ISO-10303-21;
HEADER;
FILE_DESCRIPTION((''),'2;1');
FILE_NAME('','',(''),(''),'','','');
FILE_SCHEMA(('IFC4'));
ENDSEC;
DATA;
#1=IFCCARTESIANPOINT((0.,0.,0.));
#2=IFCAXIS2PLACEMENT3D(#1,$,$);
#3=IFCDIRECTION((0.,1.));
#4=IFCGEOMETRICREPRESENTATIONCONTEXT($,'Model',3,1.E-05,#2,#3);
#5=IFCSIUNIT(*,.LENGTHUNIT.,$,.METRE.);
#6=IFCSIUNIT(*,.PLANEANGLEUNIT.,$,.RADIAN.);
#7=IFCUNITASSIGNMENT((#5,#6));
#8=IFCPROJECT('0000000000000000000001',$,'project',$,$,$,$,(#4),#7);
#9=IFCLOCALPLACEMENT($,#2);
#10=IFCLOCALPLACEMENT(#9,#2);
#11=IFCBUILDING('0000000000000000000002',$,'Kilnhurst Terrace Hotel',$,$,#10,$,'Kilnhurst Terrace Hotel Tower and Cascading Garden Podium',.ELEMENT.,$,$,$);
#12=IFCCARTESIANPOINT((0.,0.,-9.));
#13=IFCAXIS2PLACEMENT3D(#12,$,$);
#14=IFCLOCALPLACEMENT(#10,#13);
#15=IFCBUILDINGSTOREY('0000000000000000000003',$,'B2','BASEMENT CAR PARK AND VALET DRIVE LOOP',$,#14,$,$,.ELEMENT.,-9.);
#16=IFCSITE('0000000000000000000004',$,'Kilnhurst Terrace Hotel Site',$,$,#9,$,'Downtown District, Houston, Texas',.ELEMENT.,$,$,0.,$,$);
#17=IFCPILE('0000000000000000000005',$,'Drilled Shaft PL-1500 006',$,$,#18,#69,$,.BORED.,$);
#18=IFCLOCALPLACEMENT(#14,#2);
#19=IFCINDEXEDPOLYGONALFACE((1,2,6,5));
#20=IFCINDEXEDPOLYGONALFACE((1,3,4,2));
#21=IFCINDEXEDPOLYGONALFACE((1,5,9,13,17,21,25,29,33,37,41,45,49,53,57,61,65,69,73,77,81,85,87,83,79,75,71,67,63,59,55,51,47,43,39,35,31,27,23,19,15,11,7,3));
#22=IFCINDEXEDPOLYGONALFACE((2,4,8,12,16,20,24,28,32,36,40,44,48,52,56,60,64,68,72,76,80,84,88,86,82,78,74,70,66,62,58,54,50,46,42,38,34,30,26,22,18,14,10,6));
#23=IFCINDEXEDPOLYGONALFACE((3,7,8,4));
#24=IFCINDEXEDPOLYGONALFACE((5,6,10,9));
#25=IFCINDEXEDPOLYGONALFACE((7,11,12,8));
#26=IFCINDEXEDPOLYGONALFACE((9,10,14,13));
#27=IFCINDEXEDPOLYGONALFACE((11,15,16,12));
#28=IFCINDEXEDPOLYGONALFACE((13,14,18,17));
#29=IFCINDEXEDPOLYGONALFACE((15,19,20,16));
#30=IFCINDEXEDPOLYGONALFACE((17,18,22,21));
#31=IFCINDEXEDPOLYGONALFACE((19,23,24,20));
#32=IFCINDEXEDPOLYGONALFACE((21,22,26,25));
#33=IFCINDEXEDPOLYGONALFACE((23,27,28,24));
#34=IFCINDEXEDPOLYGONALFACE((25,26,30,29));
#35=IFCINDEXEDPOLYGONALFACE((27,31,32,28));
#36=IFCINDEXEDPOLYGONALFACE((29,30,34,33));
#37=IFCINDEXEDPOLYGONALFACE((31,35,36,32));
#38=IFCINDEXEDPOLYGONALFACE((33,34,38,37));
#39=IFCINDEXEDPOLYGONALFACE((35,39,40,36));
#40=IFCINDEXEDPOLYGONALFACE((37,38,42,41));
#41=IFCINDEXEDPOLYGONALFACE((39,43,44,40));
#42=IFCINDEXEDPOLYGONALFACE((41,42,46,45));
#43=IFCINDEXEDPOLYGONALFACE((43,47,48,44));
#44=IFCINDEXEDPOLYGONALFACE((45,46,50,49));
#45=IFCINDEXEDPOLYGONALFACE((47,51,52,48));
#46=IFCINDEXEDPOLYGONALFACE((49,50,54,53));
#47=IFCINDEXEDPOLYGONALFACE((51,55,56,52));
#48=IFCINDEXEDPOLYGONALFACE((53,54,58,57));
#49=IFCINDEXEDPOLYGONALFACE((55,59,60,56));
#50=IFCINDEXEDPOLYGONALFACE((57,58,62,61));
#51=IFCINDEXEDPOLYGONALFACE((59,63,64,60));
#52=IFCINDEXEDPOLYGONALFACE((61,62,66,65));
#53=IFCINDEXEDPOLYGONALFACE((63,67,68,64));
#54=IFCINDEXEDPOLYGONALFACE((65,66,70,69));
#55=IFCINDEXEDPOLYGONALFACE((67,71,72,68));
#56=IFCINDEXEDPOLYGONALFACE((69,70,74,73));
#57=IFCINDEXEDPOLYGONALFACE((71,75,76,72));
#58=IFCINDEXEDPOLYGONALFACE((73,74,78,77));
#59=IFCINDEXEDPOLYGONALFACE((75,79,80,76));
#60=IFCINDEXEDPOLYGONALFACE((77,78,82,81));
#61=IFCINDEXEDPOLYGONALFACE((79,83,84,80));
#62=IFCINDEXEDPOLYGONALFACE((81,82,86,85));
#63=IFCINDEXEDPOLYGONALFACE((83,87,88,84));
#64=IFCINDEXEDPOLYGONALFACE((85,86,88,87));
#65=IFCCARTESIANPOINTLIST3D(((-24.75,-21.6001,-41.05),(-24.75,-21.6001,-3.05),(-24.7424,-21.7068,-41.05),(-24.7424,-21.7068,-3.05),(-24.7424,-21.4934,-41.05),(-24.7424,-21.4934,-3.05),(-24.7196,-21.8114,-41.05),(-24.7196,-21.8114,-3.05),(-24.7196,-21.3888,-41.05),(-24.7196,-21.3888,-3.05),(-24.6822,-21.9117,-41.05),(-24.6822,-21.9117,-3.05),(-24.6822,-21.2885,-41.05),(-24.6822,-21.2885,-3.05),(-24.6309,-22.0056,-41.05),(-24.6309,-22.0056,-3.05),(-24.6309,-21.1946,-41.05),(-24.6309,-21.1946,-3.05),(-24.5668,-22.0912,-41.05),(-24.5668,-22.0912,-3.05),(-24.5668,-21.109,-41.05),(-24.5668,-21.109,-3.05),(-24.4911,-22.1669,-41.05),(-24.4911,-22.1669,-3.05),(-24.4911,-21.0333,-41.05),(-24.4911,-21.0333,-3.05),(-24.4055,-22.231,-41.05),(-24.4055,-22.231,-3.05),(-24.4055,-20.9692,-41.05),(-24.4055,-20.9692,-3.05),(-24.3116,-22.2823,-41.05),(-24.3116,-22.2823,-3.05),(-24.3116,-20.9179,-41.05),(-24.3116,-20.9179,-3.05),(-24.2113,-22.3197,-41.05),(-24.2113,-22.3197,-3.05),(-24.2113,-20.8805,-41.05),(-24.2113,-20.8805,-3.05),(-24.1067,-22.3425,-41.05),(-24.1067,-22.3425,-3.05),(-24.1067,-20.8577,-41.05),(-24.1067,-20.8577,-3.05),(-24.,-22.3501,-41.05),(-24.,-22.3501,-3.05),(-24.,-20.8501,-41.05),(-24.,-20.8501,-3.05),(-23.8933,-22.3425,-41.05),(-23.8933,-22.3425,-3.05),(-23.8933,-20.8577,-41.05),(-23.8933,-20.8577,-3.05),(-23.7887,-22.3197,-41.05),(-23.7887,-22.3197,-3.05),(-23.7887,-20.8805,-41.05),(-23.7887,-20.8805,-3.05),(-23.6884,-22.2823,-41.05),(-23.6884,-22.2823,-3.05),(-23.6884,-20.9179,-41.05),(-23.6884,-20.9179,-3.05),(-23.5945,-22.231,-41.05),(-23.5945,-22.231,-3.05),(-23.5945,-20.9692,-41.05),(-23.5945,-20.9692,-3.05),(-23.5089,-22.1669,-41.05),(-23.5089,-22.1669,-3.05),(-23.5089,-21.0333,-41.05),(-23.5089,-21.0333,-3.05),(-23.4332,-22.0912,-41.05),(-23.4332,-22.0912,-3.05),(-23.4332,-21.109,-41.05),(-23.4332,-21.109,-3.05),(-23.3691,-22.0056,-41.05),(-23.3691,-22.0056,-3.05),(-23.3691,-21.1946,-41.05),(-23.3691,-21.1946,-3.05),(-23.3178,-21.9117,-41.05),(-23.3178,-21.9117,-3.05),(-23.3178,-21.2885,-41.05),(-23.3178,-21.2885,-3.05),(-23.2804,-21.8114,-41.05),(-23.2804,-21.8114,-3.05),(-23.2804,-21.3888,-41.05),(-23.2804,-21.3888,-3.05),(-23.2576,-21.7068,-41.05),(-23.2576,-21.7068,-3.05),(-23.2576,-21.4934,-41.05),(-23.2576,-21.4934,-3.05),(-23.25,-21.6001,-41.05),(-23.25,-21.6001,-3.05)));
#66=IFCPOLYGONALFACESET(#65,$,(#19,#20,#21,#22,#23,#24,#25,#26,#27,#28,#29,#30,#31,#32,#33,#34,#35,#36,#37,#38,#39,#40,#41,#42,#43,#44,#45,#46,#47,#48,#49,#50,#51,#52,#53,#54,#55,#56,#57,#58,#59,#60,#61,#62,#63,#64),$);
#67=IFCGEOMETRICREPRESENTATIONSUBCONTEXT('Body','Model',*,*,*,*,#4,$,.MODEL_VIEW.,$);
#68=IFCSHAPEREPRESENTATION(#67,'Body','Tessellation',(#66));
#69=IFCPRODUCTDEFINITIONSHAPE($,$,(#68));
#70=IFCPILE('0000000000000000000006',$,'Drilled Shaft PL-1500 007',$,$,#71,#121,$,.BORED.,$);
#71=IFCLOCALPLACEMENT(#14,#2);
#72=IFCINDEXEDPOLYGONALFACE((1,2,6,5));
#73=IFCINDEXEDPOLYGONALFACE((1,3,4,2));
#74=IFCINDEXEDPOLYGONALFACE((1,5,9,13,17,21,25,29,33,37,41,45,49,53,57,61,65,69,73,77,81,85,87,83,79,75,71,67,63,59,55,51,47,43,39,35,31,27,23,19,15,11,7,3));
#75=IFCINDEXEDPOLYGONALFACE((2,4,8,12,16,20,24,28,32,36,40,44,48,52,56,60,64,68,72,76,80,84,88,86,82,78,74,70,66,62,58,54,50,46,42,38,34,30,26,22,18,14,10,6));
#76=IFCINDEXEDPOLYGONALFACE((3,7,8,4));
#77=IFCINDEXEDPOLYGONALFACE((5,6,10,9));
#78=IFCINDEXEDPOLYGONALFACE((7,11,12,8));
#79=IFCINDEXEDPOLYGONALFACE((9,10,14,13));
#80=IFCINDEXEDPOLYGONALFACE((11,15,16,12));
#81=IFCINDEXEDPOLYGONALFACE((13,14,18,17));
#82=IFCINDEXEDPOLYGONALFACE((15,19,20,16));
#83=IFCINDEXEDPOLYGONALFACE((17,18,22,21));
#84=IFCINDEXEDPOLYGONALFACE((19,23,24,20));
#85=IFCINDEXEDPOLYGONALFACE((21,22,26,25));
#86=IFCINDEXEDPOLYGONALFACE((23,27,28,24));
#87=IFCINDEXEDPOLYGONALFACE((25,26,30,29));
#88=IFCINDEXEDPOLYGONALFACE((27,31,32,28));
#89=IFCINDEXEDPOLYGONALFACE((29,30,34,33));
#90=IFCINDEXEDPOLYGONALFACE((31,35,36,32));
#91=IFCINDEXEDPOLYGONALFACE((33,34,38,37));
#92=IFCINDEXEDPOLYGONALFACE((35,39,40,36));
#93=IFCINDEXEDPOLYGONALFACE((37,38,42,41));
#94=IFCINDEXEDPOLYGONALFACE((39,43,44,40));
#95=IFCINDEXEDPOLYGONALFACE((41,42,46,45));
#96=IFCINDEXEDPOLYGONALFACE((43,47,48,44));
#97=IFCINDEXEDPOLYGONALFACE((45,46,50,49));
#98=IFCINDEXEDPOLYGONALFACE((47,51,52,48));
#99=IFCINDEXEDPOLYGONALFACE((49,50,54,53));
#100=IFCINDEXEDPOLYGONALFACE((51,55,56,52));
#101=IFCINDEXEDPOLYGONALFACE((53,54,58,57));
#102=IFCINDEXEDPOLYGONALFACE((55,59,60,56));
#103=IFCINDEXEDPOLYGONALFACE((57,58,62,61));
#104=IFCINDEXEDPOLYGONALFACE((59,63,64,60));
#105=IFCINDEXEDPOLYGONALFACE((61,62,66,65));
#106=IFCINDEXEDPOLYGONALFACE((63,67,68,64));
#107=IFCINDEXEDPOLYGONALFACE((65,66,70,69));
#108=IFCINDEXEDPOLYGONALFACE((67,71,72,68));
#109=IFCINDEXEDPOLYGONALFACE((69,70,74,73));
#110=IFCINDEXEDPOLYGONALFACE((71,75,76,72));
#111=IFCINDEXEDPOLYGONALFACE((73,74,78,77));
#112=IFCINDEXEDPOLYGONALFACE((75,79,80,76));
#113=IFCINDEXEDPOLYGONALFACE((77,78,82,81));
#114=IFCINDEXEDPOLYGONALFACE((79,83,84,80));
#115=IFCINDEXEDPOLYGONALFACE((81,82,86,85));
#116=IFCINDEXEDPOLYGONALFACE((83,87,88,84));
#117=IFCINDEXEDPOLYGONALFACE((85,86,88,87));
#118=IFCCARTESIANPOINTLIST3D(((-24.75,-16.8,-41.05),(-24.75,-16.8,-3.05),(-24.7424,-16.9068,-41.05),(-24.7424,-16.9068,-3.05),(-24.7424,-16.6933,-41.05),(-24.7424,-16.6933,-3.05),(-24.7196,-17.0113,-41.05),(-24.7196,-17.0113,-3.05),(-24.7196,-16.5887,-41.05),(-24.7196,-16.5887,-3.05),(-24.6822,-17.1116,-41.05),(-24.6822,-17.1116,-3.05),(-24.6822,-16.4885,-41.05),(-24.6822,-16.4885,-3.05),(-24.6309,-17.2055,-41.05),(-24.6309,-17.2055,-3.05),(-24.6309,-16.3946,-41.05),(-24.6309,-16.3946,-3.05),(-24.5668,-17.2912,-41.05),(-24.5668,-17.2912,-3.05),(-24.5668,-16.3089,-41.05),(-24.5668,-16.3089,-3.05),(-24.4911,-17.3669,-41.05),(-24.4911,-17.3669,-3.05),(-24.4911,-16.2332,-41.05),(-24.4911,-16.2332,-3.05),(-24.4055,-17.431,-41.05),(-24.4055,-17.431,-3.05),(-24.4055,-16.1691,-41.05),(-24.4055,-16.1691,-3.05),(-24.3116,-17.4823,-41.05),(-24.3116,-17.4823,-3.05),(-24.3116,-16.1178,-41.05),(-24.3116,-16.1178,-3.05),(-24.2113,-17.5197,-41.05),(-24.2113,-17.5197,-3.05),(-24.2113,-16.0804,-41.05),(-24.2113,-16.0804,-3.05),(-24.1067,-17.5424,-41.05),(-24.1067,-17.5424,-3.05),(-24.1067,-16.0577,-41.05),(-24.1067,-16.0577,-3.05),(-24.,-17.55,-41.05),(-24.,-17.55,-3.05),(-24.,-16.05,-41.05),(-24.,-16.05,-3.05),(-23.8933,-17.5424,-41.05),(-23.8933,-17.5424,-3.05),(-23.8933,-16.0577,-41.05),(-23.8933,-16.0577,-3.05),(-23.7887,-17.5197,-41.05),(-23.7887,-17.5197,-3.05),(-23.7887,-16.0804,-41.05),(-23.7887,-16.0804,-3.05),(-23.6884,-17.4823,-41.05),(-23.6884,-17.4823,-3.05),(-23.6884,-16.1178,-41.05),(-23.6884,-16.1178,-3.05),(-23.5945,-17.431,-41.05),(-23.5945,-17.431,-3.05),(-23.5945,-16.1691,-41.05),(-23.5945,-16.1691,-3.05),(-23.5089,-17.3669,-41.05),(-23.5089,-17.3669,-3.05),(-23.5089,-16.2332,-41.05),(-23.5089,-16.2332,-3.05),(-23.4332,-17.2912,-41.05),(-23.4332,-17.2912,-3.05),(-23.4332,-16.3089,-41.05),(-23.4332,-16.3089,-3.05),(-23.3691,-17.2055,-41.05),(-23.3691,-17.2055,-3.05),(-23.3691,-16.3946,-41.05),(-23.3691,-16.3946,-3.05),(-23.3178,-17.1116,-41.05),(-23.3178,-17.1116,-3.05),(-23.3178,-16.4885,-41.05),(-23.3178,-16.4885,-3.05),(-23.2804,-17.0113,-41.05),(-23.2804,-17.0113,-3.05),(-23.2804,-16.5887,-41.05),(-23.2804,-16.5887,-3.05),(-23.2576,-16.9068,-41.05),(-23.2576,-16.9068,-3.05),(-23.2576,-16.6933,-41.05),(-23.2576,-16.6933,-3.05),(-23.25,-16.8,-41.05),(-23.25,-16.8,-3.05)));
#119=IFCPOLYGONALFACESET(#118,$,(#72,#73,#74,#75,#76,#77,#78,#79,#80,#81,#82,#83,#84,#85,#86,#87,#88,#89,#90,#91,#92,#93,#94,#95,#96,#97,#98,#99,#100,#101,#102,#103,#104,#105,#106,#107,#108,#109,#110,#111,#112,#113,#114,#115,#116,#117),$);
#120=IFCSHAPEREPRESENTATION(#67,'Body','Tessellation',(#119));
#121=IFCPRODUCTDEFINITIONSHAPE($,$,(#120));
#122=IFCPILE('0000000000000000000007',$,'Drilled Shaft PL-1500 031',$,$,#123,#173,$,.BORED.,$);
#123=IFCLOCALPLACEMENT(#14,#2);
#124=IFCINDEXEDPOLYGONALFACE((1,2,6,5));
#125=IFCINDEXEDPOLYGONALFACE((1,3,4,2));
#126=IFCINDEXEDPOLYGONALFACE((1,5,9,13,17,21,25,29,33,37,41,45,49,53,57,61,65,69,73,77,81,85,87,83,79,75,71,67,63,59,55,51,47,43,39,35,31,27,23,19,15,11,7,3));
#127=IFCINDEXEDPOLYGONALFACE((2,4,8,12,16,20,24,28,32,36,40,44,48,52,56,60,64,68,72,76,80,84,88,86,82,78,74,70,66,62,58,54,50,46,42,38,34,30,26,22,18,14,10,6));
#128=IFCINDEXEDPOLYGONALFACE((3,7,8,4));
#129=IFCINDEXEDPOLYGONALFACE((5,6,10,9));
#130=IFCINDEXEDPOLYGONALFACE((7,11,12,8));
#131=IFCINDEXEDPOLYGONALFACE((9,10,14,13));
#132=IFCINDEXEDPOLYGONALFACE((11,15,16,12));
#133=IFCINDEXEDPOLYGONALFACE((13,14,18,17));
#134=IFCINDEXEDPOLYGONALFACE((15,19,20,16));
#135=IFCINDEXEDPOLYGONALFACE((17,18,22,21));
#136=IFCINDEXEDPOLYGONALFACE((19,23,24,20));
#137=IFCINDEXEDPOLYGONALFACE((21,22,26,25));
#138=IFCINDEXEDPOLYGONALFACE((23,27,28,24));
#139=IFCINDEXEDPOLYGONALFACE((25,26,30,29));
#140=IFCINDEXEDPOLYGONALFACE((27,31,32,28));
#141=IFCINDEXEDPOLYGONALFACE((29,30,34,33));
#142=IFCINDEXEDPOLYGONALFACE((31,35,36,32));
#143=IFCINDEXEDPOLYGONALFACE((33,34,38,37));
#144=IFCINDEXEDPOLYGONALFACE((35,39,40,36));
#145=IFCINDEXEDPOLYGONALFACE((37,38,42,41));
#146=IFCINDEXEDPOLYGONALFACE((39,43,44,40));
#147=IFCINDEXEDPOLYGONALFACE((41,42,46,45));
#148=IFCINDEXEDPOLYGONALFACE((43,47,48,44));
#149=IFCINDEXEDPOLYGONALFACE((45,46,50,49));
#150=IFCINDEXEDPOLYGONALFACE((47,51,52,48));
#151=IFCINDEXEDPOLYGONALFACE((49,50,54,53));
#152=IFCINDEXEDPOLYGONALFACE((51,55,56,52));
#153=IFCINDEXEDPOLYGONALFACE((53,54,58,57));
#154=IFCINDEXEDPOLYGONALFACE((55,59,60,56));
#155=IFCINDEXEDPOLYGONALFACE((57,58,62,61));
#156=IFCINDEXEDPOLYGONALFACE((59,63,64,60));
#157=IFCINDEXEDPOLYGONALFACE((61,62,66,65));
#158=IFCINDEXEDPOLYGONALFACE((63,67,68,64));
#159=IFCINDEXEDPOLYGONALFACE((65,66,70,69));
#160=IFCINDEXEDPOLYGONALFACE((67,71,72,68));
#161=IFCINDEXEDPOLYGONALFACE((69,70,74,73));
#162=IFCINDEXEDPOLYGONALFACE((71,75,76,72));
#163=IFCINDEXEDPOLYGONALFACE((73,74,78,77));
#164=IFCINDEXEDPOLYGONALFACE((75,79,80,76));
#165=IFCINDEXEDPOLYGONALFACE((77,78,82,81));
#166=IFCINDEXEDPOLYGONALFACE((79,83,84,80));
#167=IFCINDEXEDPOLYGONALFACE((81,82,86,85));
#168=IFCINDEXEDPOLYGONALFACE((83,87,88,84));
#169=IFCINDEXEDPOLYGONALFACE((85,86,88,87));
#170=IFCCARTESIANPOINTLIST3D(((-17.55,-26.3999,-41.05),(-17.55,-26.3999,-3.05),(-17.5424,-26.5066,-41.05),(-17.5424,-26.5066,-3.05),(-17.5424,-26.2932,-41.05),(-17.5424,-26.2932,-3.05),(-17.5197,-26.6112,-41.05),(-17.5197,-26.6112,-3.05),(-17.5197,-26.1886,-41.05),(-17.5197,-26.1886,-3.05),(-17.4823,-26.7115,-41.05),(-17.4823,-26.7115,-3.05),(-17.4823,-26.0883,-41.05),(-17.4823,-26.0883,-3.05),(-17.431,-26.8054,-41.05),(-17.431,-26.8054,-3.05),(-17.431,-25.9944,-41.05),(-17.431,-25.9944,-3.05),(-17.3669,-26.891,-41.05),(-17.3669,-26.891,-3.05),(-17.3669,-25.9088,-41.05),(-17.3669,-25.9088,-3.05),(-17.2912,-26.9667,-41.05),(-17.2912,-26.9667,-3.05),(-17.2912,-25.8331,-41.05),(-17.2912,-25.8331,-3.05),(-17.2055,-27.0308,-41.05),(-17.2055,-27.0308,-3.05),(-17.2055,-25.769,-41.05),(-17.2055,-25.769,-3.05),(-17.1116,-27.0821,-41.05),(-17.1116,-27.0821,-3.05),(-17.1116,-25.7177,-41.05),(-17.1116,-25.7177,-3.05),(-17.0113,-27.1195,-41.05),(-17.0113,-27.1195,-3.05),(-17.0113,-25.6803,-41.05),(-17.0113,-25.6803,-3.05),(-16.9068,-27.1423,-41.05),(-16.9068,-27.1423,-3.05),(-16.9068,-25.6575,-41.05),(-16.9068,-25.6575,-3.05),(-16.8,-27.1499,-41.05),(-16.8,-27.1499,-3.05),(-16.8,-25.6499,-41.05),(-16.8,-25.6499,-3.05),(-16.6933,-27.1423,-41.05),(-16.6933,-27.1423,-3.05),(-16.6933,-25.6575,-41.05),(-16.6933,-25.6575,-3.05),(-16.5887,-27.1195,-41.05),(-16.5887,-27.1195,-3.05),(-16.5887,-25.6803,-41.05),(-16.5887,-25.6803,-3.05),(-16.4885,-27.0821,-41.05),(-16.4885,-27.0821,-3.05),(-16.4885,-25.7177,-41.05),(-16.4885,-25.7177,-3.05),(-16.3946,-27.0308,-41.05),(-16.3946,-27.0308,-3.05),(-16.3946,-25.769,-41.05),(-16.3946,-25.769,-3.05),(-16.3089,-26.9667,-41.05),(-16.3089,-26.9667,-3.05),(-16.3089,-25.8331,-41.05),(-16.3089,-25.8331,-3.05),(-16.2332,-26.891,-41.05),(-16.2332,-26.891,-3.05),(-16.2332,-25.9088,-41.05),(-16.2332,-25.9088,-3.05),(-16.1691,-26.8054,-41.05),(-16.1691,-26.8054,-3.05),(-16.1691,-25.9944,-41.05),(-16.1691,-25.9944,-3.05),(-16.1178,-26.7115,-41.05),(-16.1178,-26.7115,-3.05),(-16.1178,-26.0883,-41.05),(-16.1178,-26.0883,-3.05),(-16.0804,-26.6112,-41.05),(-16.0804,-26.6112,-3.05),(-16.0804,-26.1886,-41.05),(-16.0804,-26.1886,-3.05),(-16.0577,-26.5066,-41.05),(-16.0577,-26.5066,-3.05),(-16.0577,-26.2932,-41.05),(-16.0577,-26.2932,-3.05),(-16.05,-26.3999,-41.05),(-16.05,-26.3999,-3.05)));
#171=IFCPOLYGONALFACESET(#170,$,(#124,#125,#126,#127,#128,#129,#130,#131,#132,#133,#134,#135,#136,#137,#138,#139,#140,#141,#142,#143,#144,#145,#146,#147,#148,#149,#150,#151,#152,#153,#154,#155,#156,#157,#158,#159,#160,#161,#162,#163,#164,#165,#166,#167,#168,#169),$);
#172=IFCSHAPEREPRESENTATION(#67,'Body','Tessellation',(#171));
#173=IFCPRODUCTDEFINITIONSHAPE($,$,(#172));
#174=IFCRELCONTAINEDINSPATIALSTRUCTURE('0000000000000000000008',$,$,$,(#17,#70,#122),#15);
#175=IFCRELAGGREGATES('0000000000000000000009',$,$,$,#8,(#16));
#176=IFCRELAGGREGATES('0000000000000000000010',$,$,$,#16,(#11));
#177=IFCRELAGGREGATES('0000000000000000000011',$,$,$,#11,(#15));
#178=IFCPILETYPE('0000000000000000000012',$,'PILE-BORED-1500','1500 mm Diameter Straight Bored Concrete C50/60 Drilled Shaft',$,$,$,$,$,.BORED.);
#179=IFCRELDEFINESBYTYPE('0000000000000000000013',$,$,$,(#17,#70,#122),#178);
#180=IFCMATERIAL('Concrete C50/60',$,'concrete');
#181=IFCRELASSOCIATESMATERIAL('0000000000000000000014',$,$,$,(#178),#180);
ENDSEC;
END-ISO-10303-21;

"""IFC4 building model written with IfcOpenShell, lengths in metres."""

from ifc_helpers import new_model, si_unit, direction, frame, origin, origin_2d, place, context, subcontext, project, spatial, circle, extrude, material, material_profile, profile_set, type_object, element, save


model = new_model("IFC4")

# Units and contexts
model_context = context("Model", 3, precision=1e-05, world=origin(), true_north=direction((0.0, 1.0)))
body_context = subcontext(model_context, "Body", "Model", "MODEL_VIEW")
ifc_project = project(units=[si_unit("LENGTHUNIT", "METRE"), si_unit("PLANEANGLEUNIT", "RADIAN")], contexts=[model_context])

# Site, building, storey
site_placement = place(None, origin())
site = spatial("IfcSite", under=ifc_project, at=site_placement, Name="Kilnhurst Terrace Hotel Site", LongName="Downtown District, Houston, Texas", CompositionType="ELEMENT", RefElevation=0.0)
building_placement = place(site_placement, origin())
building = spatial("IfcBuilding", under=site, at=building_placement, Name="Kilnhurst Terrace Hotel", LongName="Kilnhurst Terrace Hotel Tower and Cascading Garden Podium", CompositionType="ELEMENT")
storey_placement = place(building_placement, frame((0.0, 0.0, -9.0)))
storey = spatial("IfcBuildingStorey", under=building, at=storey_placement, Name="B2", Description="BASEMENT CAR PARK AND VALET DRIVE LOOP", CompositionType="ELEMENT", Elevation=-9.0)

# Piles
ifc_material_1 = material(Name="Concrete C50/60", Category="concrete")
ifc_material_profile_1 = material_profile(ifc_material_1, circle(Radius=0.75, at=origin_2d()), Name="PILE1500")
ifc_profile_set_1 = profile_set([ifc_material_profile_1], Name="Concrete C50/60")
pile_type_1 = type_object("IfcPileType", Name="PILE-BORED-1500", Description="1500 mm Diameter Straight Bored Concrete C50/60 Drilled Shaft", PredefinedType="BORED", material=ifc_profile_set_1)
for number, where, z_axis, x_axis, name in (
    (1, (-24.0, -21.6001, -3.05), (0.0, 0.0, -1.0), (1.0, 0.0, 0.0), "Drilled Shaft PL-1500 006"),
    (2, (-24.0, -16.8, -3.05), (0.0, 0.0, -1.0), (1.0, 0.0, 0.0), "Drilled Shaft PL-1500 007"),
    (3, (-16.8, -26.3999, -3.05), (0.0, 0.0, -1.0), (1.0, 0.0, 0.0), "Drilled Shaft PL-1500 031"),
):
    element("IfcPile", number, at=place(storey_placement, frame(where, z_axis=z_axis, x_axis=x_axis)), inside=storey, type_object=pile_type_1, Name=name, PredefinedType="BORED", context=body_context, shape_type="SweptSolid", body=[
        extrude(circle(Radius=0.75, at=origin_2d()), origin(), (0.0, 0.0, 1.0), 38.0),
    ])

save(model, "model.ifc")
